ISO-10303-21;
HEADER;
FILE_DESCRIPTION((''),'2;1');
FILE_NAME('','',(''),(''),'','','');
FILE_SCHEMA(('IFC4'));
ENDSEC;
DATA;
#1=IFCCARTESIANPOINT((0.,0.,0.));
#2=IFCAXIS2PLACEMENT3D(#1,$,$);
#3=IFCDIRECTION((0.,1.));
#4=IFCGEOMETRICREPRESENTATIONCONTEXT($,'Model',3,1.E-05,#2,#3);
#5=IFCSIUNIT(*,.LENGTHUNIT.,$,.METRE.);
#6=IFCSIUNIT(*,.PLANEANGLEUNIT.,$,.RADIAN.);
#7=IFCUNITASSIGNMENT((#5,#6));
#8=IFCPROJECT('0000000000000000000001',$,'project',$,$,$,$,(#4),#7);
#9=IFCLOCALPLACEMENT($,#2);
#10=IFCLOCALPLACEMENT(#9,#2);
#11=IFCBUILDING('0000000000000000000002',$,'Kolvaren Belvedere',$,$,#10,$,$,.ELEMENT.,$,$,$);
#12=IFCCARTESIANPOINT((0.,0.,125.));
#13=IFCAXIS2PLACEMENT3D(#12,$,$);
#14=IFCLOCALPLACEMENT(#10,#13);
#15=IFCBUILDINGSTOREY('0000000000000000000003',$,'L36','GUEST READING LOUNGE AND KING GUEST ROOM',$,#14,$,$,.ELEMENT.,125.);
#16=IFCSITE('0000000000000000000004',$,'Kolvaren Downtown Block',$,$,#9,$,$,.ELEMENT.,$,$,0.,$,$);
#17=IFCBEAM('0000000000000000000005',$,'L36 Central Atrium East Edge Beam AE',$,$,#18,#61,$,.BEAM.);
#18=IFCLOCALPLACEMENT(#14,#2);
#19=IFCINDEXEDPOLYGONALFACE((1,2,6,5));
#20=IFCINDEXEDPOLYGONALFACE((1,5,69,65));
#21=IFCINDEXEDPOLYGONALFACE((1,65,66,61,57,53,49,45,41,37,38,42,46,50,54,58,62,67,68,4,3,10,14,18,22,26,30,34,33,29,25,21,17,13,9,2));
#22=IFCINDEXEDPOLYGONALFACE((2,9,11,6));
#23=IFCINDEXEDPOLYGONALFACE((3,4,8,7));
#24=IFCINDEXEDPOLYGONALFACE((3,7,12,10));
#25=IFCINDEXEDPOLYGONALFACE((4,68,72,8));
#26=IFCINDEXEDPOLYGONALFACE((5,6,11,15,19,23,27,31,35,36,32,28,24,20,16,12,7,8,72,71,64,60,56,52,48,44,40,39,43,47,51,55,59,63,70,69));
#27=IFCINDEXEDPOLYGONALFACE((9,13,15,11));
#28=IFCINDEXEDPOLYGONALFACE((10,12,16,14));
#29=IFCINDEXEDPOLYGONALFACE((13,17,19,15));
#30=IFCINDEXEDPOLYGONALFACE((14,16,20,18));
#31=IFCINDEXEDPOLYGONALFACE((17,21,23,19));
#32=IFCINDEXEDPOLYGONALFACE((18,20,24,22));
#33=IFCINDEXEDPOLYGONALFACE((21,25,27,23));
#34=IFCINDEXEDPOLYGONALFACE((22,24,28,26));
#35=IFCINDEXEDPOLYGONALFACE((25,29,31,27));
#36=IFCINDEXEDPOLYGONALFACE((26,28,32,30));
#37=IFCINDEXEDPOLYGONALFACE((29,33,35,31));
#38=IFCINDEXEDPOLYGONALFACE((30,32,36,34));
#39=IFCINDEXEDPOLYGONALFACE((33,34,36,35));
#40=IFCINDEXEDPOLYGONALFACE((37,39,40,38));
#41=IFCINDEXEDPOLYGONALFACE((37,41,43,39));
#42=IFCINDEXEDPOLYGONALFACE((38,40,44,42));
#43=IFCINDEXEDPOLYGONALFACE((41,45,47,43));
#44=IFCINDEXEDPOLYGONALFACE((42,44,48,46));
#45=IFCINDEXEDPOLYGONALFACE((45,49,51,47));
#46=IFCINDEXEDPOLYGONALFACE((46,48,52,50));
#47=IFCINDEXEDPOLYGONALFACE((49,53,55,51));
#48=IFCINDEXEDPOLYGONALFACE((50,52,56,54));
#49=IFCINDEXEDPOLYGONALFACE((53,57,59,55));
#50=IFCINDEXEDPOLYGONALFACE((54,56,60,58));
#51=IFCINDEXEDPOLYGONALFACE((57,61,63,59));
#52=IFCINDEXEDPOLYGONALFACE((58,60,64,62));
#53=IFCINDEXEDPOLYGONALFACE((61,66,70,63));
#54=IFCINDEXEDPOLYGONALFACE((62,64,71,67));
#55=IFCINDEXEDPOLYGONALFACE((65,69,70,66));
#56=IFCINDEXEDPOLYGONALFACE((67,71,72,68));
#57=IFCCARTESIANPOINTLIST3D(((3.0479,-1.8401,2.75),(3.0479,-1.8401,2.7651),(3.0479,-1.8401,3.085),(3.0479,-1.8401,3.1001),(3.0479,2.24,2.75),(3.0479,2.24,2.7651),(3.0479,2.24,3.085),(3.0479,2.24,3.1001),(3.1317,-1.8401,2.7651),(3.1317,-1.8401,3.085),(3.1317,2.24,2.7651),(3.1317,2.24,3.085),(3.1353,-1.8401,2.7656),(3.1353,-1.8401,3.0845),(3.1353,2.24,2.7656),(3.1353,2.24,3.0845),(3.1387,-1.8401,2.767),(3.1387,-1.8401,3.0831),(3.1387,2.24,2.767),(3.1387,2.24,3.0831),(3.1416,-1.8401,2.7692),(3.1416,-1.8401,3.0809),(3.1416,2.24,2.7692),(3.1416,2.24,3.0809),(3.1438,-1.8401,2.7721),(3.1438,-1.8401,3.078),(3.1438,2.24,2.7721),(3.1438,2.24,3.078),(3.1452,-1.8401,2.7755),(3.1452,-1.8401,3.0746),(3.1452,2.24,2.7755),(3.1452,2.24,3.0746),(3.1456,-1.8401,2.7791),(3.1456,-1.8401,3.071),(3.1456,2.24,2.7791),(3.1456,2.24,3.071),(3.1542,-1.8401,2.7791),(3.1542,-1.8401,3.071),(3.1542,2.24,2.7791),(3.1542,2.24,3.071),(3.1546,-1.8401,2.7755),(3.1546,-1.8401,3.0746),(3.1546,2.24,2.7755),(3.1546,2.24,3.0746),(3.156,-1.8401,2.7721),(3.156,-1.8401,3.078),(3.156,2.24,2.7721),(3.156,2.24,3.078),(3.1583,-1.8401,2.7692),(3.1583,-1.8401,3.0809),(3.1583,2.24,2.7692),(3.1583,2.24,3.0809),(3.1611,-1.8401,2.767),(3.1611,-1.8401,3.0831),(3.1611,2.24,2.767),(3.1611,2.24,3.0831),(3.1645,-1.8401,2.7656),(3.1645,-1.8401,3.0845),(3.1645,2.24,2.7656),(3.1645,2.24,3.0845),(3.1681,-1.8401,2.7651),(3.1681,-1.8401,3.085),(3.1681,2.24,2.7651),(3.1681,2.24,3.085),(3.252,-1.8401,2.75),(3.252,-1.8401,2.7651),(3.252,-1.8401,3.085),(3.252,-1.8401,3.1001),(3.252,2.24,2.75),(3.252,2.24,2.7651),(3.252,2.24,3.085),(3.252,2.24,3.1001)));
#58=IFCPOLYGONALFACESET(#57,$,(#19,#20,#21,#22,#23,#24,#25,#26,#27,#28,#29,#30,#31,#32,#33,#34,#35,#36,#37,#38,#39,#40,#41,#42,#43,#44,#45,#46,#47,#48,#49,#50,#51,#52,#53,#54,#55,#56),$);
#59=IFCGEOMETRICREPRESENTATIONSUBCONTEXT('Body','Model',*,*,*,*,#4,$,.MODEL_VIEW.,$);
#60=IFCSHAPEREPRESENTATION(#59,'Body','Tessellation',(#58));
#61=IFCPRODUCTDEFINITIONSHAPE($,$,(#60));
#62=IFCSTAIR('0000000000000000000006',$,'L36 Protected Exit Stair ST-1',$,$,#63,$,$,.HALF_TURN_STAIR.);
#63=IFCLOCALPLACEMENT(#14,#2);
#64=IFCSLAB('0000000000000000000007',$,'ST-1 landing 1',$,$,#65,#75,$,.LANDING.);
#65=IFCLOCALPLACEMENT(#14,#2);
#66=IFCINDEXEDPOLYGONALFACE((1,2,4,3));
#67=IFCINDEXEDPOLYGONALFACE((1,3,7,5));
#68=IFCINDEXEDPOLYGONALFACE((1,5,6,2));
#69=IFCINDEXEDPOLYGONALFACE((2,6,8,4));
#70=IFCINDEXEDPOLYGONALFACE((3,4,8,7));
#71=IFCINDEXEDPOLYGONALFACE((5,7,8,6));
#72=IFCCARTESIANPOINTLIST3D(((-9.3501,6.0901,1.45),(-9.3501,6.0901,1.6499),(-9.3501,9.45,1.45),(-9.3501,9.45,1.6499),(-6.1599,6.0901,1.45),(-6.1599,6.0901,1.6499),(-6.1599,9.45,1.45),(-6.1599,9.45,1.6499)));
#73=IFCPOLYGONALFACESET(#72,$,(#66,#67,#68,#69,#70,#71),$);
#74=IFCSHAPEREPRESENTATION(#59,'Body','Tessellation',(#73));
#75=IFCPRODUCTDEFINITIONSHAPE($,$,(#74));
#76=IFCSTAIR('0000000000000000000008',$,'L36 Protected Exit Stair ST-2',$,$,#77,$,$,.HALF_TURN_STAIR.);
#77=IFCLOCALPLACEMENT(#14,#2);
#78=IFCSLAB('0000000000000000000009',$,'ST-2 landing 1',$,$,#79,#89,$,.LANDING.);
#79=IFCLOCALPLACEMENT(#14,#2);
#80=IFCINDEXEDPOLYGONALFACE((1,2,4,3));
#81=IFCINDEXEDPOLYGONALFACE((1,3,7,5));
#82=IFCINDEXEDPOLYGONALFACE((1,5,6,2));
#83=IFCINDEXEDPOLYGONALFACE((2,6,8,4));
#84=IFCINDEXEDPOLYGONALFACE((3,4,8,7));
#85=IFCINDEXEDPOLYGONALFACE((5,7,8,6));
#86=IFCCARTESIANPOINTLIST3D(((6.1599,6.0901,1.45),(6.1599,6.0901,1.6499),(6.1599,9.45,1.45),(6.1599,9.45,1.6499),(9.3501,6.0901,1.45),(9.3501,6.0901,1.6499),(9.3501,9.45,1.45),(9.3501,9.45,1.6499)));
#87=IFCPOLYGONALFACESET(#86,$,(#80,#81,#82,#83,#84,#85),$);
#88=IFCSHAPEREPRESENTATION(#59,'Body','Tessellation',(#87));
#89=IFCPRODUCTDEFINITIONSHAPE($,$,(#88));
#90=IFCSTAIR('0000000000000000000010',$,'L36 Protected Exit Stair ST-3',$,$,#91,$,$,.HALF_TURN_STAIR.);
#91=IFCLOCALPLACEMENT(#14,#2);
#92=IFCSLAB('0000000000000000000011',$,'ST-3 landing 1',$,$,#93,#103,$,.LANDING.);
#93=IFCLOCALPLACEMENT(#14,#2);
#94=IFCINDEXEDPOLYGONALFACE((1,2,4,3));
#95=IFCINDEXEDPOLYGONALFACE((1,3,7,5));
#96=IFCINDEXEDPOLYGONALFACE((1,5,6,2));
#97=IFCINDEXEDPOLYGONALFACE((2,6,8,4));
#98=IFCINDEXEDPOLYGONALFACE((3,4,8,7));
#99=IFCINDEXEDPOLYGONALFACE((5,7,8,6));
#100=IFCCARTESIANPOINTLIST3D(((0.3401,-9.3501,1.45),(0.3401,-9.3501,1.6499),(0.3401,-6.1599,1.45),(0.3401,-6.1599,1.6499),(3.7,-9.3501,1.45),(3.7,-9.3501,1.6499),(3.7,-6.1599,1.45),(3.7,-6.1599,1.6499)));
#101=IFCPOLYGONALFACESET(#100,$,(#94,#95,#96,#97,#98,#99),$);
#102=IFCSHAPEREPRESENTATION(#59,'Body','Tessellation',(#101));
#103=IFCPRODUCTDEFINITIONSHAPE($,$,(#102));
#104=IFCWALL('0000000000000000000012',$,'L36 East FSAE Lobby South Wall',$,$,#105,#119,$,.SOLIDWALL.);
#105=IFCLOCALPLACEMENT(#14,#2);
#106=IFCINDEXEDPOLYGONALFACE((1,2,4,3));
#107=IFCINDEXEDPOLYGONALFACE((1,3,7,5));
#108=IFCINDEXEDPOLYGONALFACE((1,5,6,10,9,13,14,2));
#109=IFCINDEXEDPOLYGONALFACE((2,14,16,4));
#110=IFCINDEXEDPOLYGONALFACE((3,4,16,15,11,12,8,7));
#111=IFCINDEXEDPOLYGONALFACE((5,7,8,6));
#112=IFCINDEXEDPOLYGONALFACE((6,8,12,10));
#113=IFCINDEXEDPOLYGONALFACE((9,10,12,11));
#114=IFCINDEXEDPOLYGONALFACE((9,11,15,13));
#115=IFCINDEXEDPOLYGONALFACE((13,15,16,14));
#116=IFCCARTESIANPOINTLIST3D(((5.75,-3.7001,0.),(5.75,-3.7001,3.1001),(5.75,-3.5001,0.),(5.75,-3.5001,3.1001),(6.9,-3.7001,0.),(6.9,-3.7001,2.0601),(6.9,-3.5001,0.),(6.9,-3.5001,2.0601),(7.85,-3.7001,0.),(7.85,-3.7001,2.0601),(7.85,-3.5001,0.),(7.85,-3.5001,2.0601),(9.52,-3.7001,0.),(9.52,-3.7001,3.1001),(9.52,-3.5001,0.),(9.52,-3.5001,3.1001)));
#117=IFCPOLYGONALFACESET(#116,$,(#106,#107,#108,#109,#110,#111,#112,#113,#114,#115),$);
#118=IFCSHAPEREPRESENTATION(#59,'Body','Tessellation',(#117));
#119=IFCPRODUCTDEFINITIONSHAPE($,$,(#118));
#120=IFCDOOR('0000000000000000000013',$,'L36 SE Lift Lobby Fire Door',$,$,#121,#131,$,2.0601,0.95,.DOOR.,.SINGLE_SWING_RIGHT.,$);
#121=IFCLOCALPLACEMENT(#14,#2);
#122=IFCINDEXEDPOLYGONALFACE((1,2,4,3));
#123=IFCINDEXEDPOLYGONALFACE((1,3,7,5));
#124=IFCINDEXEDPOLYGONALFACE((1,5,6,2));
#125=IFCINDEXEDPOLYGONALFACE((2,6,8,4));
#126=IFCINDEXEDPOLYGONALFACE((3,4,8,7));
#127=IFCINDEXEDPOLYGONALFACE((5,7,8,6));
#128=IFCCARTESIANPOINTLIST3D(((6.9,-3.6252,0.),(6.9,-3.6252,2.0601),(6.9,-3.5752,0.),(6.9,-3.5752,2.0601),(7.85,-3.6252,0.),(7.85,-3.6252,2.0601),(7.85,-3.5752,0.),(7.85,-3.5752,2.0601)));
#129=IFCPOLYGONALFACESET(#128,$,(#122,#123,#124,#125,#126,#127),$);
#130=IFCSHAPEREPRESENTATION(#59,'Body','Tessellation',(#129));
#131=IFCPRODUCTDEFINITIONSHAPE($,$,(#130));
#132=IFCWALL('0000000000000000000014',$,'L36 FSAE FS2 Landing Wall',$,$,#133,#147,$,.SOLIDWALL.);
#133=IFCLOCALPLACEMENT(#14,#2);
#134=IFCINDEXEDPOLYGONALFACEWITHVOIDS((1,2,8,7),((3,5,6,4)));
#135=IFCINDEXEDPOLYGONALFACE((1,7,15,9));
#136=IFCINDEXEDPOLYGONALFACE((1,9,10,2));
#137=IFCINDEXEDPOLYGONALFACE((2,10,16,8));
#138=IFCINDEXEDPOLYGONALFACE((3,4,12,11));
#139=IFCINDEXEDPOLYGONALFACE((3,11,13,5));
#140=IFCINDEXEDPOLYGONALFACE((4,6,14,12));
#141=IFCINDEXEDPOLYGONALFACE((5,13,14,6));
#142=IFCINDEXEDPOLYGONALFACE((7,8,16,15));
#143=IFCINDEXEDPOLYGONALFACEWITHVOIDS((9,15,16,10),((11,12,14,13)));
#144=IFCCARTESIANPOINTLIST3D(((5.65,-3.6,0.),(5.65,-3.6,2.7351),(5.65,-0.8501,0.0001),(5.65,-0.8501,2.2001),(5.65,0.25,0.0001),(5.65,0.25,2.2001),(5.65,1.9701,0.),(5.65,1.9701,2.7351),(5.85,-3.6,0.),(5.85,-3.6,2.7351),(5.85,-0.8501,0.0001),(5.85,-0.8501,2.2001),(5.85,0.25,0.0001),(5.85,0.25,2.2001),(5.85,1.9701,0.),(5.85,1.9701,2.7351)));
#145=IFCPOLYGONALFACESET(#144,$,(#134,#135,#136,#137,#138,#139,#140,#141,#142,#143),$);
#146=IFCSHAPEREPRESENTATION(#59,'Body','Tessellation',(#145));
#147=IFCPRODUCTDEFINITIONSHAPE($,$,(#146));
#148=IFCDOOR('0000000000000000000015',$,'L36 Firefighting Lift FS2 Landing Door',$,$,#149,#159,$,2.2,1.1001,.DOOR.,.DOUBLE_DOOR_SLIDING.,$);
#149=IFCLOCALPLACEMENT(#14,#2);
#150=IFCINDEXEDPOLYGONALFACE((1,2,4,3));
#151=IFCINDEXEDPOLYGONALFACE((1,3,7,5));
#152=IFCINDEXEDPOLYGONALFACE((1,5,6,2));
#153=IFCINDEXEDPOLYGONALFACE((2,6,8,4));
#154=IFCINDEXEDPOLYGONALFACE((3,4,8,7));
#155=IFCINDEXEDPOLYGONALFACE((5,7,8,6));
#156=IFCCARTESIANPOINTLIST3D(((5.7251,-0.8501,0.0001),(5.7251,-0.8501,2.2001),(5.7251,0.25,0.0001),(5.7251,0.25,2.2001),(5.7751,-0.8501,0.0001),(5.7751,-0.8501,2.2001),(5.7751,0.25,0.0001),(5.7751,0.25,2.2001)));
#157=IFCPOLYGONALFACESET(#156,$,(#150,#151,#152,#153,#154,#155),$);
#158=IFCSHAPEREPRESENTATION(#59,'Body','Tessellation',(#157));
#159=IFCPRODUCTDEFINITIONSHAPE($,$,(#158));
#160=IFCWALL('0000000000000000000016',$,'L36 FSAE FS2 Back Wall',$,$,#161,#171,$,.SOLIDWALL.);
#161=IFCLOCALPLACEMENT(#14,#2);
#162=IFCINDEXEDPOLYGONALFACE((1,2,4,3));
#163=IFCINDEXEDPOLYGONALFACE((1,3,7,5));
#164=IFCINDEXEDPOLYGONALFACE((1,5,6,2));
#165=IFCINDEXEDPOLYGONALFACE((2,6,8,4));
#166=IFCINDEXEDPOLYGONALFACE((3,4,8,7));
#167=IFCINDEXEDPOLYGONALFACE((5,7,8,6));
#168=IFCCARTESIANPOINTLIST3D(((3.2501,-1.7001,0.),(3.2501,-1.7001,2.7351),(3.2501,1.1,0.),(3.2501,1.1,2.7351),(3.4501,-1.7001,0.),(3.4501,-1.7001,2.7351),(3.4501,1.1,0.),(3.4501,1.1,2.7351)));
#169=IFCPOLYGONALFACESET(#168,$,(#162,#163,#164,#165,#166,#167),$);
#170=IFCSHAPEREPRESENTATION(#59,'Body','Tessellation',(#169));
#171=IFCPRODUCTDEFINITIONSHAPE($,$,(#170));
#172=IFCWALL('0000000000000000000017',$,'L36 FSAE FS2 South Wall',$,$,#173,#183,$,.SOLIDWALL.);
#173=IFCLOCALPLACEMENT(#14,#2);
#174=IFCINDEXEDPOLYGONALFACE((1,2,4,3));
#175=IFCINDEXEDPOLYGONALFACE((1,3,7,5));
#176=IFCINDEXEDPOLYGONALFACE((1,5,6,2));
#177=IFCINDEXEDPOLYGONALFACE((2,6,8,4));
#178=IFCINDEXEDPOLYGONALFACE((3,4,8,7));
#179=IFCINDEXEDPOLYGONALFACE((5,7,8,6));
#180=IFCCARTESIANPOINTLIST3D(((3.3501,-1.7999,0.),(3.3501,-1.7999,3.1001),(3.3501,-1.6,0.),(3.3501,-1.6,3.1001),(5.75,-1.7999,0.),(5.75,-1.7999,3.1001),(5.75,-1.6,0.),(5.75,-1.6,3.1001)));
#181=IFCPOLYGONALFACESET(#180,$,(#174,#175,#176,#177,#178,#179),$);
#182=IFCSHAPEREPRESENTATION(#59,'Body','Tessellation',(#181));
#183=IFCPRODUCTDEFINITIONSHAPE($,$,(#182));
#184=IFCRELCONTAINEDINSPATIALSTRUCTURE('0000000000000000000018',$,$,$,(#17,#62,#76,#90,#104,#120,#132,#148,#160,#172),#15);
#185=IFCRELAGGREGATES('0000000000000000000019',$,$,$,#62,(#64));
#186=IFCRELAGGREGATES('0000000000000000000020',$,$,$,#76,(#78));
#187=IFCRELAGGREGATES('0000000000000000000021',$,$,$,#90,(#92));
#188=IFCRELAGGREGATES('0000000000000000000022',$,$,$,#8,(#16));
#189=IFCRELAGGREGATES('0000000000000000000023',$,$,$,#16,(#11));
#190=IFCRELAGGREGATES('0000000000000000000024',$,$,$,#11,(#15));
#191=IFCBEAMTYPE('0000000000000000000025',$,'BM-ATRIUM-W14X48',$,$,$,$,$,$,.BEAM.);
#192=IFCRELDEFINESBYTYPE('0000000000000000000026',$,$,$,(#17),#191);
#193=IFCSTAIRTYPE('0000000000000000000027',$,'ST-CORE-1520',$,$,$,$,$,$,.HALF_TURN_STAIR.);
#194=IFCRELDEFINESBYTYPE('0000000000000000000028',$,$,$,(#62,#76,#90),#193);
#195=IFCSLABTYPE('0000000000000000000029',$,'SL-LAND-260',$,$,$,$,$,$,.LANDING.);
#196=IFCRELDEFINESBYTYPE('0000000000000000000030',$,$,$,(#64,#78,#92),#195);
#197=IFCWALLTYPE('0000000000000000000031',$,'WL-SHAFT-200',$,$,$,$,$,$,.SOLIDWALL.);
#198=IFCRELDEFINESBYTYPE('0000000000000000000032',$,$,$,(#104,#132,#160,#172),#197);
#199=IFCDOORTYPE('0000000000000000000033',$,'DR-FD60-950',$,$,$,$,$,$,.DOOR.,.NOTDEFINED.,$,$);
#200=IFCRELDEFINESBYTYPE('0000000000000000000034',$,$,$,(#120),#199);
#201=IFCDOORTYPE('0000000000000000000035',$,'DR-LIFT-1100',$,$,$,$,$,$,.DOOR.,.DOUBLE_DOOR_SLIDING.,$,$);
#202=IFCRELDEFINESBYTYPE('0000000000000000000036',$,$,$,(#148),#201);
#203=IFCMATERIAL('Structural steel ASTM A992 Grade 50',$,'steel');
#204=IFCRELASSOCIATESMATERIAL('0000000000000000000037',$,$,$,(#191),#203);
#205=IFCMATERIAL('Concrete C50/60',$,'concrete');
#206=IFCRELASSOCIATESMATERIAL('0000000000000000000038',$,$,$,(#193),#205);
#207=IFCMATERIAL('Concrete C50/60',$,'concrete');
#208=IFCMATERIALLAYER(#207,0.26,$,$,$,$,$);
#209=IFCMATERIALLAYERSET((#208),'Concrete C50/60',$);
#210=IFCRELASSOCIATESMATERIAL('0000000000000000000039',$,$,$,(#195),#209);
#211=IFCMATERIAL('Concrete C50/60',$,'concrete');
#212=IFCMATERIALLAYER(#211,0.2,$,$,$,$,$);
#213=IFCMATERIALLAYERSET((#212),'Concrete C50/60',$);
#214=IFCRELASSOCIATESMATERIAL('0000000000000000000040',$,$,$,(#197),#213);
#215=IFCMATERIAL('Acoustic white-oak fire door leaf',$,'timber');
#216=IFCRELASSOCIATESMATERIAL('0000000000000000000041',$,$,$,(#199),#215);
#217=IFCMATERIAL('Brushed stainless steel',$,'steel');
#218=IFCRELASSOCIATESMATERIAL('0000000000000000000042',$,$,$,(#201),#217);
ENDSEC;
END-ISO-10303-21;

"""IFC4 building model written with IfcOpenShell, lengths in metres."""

from ifc_helpers import new_model, si_unit, direction, frame, frame_2d, origin, origin_2d, place, context, subcontext, project, spatial, polyline, rectangle, i_section, outline, extrude, material, layer, layer_set, material_profile, profile_set, type_object, element, fill, aggregate, save


model = new_model("IFC4")

# Units and contexts
model_context = context("Model", 3, precision=1e-05, world=origin(), true_north=direction((0.0, 1.0)))
body_context = subcontext(model_context, "Body", "Model", "MODEL_VIEW")
ifc_project = project(units=[si_unit("LENGTHUNIT", "METRE"), si_unit("PLANEANGLEUNIT", "RADIAN")], contexts=[model_context])

# Site, building, storey
site_placement = place(None, origin())
site = spatial("IfcSite", under=ifc_project, at=site_placement, Name="Kolvaren Downtown Block", CompositionType="ELEMENT", RefElevation=0.0)
building_placement = place(site_placement, origin())
building = spatial("IfcBuilding", under=site, at=building_placement, Name="Kolvaren Belvedere", CompositionType="ELEMENT")
storey_placement = place(building_placement, frame((0.0, 0.0, 125.0)))
storey = spatial("IfcBuildingStorey", under=building, at=storey_placement, Name="L36", Description="GUEST READING LOUNGE AND KING GUEST ROOM", CompositionType="ELEMENT", Elevation=125.0)

# Beam
ifc_material_1 = material(Name="Structural steel ASTM A992 Grade 50", Category="steel")
ifc_material_profile = material_profile(ifc_material_1, i_section(OverallWidth=0.2041, OverallDepth=0.3501, WebThickness=0.0085, FlangeThickness=0.0151, FilletRadius=0.0139, at=origin_2d()), Name="W14X48")
ifc_profile_set = profile_set([ifc_material_profile], Name="Structural steel ASTM A992 Grade 50")
beam_type = type_object("IfcBeamType", Name="BM-ATRIUM-W14X48", PredefinedType="BEAM", material=ifc_profile_set)
beam_placement = place(storey_placement, frame((3.1499, -1.8401, 2.925), z_axis=(0.0, 1.0, 0.0), x_axis=(-1.0, 0.0, 0.0)))
element("IfcBeam", 1, at=beam_placement, inside=storey, type_object=beam_type, Name="L36 Central Atrium East Edge Beam AE", PredefinedType="BEAM", context=body_context, shape_type="SweptSolid", body=[
    extrude(i_section(OverallWidth=0.2041, OverallDepth=0.3501, WebThickness=0.0085, FlangeThickness=0.0151, FilletRadius=0.0139, at=origin_2d()), origin(), (0.0, 0.0, 1.0), 4.0801),
])

# Stairs, slabs
ifc_material_2 = material(Name="Concrete C50/60", Category="concrete")
stair_type = type_object("IfcStairType", Name="ST-CORE-1520", PredefinedType="HALF_TURN_STAIR", material=ifc_material_2)
stair_1_placement = place(storey_placement, origin())
stair_1 = element("IfcStair", 2, at=stair_1_placement, inside=storey, type_object=stair_type, Name="L36 Protected Exit Stair ST-1", PredefinedType="HALF_TURN_STAIR")
ifc_material_3 = material(Name="Concrete C50/60", Category="concrete")
ifc_layer_1 = layer(ifc_material_3, 0.26)
ifc_layer_set_1 = layer_set([ifc_layer_1], Name="Concrete C50/60")
slab_type = type_object("IfcSlabType", Name="SL-LAND-260", PredefinedType="LANDING", material=ifc_layer_set_1)
slab_1_placement = place(storey_placement, frame((0.0, 0.0, 1.45)))
slab_1 = element("IfcSlab", 3, at=slab_1_placement, type_object=slab_type, Name="ST-1 landing 1", PredefinedType="LANDING", context=body_context, shape_type="SweptSolid", body=[
    extrude(outline(polyline([(-6.1599, 6.0901), (-6.1599, 9.45), (-9.3501, 9.45), (-9.3501, 6.0901), (-6.1599, 6.0901)])), origin(), (0.0, 0.0, 1.0), 0.2),
])
aggregate(stair_1, [slab_1])
stair_2_placement = place(storey_placement, origin())
stair_2 = element("IfcStair", 4, at=stair_2_placement, inside=storey, type_object=stair_type, Name="L36 Protected Exit Stair ST-2", PredefinedType="HALF_TURN_STAIR")
slab_2_placement = place(storey_placement, frame((0.0, 0.0, 1.45)))
slab_2 = element("IfcSlab", 5, at=slab_2_placement, type_object=slab_type, Name="ST-2 landing 1", PredefinedType="LANDING", context=body_context, shape_type="SweptSolid", body=[
    extrude(outline(polyline([(9.3501, 6.0901), (9.3501, 9.45), (6.1599, 9.45), (6.1599, 6.0901), (9.3501, 6.0901)])), origin(), (0.0, 0.0, 1.0), 0.2),
])
aggregate(stair_2, [slab_2])
stair_3_placement = place(storey_placement, origin())
stair_3 = element("IfcStair", 6, at=stair_3_placement, inside=storey, type_object=stair_type, Name="L36 Protected Exit Stair ST-3", PredefinedType="HALF_TURN_STAIR")
slab_3_placement = place(storey_placement, frame((0.0, 0.0, 1.45)))
slab_3 = element("IfcSlab", 7, at=slab_3_placement, type_object=slab_type, Name="ST-3 landing 1", PredefinedType="LANDING", context=body_context, shape_type="SweptSolid", body=[
    extrude(outline(polyline([(0.3401, -9.3501), (3.7, -9.3501), (3.7, -6.1599), (0.3401, -6.1599), (0.3401, -9.3501)])), origin(), (0.0, 0.0, 1.0), 0.2),
])
aggregate(stair_3, [slab_3])

# Walls, openings, doors
ifc_material_4 = material(Name="Concrete C50/60", Category="concrete")
ifc_layer_2 = layer(ifc_material_4, 0.2)
ifc_layer_set_2 = layer_set([ifc_layer_2], Name="Concrete C50/60")
wall_type = type_object("IfcWallType", Name="WL-SHAFT-200", PredefinedType="SOLIDWALL", material=ifc_layer_set_2)
wall_1_placement = place(storey_placement, frame((5.75, -3.6001, 0.0), z_axis=(0.0, 0.0, 1.0), x_axis=(1.0, 0.0, 0.0)))
wall_1 = element("IfcWall", 8, at=wall_1_placement, inside=storey, type_object=wall_type, Name="L36 East FSAE Lobby South Wall", PredefinedType="SOLIDWALL", context=body_context, shape_type="SweptSolid", body=[
    extrude(rectangle(XDim=3.77, YDim=0.2, at=frame_2d((1.885, 0.0))), origin(), (0.0, 0.0, 1.0), 3.1001),
])
opening_1_placement = place(wall_1_placement, frame((1.1499, 0.0, 0.0)))
opening_1 = element("IfcOpeningElement", 9, at=opening_1_placement, cuts=wall_1, PredefinedType="OPENING", context=body_context, shape_type="SweptSolid", body=[
    extrude(rectangle(XDim=0.95, YDim=2.0601, at=frame_2d((0.4751, 1.03))), frame((0.0, 0.1099, 0.0), z_axis=(0.0, -1.0, 0.0), x_axis=(1.0, 0.0, 0.0)), (0.0, 0.0, 1.0), 0.22),
])
ifc_material_5 = material(Name="Acoustic white-oak fire door leaf", Category="timber")
door_type_1 = type_object("IfcDoorType", Name="DR-FD60-950", OperationType="NOTDEFINED", PredefinedType="DOOR", material=ifc_material_5)
door_1_placement = place(opening_1_placement, origin())
door_1 = element("IfcDoor", 10, at=door_1_placement, inside=storey, type_object=door_type_1, Name="L36 SE Lift Lobby Fire Door", OperationType="SINGLE_SWING_RIGHT", OverallHeight=2.0601, OverallWidth=0.95, PredefinedType="DOOR", context=body_context, shape_type="SweptSolid", body=[
    extrude(rectangle(XDim=0.95, YDim=2.0601, at=frame_2d((0.4751, 1.03))), frame((0.0, 0.0249, 0.0), z_axis=(0.0, -1.0, 0.0), x_axis=(1.0, 0.0, 0.0)), (0.0, 0.0, 1.0), 0.05),
])
fill(opening_1, door_1)
wall_2_placement = place(storey_placement, frame((5.75, -3.6001, 0.0), z_axis=(0.0, 0.0, 1.0), x_axis=(0.0, 1.0, 0.0)))
wall_2 = element("IfcWall", 11, at=wall_2_placement, inside=storey, type_object=wall_type, Name="L36 FSAE FS2 Landing Wall", PredefinedType="SOLIDWALL", context=body_context, shape_type="SweptSolid", body=[
    extrude(rectangle(XDim=5.5701, YDim=0.2, at=frame_2d((2.7852, 0.0))), origin(), (0.0, 0.0, 1.0), 2.7351),
])
opening_2_placement = place(wall_2_placement, frame((2.75, 0.0, 0.0)))
opening_2 = element("IfcOpeningElement", 12, at=opening_2_placement, cuts=wall_2, PredefinedType="OPENING", context=body_context, shape_type="SweptSolid", body=[
    extrude(rectangle(XDim=1.1001, YDim=2.2, at=frame_2d((0.55, 1.1001))), frame((0.0, 0.1099, 0.0), z_axis=(0.0, -1.0, 0.0), x_axis=(1.0, 0.0, 0.0)), (0.0, 0.0, 1.0), 0.22),
])
ifc_material_6 = material(Name="Brushed stainless steel", Category="steel")
door_type_2 = type_object("IfcDoorType", Name="DR-LIFT-1100", OperationType="DOUBLE_DOOR_SLIDING", PredefinedType="DOOR", material=ifc_material_6)
door_2_placement = place(opening_2_placement, origin())
door_2 = element("IfcDoor", 13, at=door_2_placement, inside=storey, type_object=door_type_2, Name="L36 Firefighting Lift FS2 Landing Door", OperationType="DOUBLE_DOOR_SLIDING", OverallHeight=2.2, OverallWidth=1.1001, PredefinedType="DOOR", context=body_context, shape_type="SweptSolid", body=[
    extrude(rectangle(XDim=1.1001, YDim=2.2, at=frame_2d((0.55, 1.1001))), frame((0.0, 0.0249, 0.0), z_axis=(0.0, -1.0, 0.0), x_axis=(1.0, 0.0, 0.0)), (0.0, 0.0, 1.0), 0.05),
])
fill(opening_2, door_2)

# Walls
wall_3_placement = place(storey_placement, frame((3.3501, -1.7, 0.0), z_axis=(0.0, 0.0, 1.0), x_axis=(0.0, 1.0, 0.0)))
element("IfcWall", 14, at=wall_3_placement, inside=storey, type_object=wall_type, Name="L36 FSAE FS2 Back Wall", PredefinedType="SOLIDWALL", context=body_context, shape_type="SweptSolid", body=[
    extrude(rectangle(XDim=2.8, YDim=0.2, at=frame_2d((1.3999, 0.0))), origin(), (0.0, 0.0, 1.0), 2.7351),
])
for number, where, z_axis, x_axis, name in (
    (15, (3.3501, -1.7, 0.0), (0.0, 0.0, 1.0), (1.0, 0.0, 0.0), "L36 FSAE FS2 South Wall"),
):
    element("IfcWall", number, at=place(storey_placement, frame(where, z_axis=z_axis, x_axis=x_axis)), inside=storey, type_object=wall_type, Name=name, PredefinedType="SOLIDWALL", context=body_context, shape_type="SweptSolid", body=[
        extrude(rectangle(XDim=2.3999, YDim=0.2, at=frame_2d((1.2, 0.0))), origin(), (0.0, 0.0, 1.0), 3.1001),
    ])

save(model, "model.ifc")
